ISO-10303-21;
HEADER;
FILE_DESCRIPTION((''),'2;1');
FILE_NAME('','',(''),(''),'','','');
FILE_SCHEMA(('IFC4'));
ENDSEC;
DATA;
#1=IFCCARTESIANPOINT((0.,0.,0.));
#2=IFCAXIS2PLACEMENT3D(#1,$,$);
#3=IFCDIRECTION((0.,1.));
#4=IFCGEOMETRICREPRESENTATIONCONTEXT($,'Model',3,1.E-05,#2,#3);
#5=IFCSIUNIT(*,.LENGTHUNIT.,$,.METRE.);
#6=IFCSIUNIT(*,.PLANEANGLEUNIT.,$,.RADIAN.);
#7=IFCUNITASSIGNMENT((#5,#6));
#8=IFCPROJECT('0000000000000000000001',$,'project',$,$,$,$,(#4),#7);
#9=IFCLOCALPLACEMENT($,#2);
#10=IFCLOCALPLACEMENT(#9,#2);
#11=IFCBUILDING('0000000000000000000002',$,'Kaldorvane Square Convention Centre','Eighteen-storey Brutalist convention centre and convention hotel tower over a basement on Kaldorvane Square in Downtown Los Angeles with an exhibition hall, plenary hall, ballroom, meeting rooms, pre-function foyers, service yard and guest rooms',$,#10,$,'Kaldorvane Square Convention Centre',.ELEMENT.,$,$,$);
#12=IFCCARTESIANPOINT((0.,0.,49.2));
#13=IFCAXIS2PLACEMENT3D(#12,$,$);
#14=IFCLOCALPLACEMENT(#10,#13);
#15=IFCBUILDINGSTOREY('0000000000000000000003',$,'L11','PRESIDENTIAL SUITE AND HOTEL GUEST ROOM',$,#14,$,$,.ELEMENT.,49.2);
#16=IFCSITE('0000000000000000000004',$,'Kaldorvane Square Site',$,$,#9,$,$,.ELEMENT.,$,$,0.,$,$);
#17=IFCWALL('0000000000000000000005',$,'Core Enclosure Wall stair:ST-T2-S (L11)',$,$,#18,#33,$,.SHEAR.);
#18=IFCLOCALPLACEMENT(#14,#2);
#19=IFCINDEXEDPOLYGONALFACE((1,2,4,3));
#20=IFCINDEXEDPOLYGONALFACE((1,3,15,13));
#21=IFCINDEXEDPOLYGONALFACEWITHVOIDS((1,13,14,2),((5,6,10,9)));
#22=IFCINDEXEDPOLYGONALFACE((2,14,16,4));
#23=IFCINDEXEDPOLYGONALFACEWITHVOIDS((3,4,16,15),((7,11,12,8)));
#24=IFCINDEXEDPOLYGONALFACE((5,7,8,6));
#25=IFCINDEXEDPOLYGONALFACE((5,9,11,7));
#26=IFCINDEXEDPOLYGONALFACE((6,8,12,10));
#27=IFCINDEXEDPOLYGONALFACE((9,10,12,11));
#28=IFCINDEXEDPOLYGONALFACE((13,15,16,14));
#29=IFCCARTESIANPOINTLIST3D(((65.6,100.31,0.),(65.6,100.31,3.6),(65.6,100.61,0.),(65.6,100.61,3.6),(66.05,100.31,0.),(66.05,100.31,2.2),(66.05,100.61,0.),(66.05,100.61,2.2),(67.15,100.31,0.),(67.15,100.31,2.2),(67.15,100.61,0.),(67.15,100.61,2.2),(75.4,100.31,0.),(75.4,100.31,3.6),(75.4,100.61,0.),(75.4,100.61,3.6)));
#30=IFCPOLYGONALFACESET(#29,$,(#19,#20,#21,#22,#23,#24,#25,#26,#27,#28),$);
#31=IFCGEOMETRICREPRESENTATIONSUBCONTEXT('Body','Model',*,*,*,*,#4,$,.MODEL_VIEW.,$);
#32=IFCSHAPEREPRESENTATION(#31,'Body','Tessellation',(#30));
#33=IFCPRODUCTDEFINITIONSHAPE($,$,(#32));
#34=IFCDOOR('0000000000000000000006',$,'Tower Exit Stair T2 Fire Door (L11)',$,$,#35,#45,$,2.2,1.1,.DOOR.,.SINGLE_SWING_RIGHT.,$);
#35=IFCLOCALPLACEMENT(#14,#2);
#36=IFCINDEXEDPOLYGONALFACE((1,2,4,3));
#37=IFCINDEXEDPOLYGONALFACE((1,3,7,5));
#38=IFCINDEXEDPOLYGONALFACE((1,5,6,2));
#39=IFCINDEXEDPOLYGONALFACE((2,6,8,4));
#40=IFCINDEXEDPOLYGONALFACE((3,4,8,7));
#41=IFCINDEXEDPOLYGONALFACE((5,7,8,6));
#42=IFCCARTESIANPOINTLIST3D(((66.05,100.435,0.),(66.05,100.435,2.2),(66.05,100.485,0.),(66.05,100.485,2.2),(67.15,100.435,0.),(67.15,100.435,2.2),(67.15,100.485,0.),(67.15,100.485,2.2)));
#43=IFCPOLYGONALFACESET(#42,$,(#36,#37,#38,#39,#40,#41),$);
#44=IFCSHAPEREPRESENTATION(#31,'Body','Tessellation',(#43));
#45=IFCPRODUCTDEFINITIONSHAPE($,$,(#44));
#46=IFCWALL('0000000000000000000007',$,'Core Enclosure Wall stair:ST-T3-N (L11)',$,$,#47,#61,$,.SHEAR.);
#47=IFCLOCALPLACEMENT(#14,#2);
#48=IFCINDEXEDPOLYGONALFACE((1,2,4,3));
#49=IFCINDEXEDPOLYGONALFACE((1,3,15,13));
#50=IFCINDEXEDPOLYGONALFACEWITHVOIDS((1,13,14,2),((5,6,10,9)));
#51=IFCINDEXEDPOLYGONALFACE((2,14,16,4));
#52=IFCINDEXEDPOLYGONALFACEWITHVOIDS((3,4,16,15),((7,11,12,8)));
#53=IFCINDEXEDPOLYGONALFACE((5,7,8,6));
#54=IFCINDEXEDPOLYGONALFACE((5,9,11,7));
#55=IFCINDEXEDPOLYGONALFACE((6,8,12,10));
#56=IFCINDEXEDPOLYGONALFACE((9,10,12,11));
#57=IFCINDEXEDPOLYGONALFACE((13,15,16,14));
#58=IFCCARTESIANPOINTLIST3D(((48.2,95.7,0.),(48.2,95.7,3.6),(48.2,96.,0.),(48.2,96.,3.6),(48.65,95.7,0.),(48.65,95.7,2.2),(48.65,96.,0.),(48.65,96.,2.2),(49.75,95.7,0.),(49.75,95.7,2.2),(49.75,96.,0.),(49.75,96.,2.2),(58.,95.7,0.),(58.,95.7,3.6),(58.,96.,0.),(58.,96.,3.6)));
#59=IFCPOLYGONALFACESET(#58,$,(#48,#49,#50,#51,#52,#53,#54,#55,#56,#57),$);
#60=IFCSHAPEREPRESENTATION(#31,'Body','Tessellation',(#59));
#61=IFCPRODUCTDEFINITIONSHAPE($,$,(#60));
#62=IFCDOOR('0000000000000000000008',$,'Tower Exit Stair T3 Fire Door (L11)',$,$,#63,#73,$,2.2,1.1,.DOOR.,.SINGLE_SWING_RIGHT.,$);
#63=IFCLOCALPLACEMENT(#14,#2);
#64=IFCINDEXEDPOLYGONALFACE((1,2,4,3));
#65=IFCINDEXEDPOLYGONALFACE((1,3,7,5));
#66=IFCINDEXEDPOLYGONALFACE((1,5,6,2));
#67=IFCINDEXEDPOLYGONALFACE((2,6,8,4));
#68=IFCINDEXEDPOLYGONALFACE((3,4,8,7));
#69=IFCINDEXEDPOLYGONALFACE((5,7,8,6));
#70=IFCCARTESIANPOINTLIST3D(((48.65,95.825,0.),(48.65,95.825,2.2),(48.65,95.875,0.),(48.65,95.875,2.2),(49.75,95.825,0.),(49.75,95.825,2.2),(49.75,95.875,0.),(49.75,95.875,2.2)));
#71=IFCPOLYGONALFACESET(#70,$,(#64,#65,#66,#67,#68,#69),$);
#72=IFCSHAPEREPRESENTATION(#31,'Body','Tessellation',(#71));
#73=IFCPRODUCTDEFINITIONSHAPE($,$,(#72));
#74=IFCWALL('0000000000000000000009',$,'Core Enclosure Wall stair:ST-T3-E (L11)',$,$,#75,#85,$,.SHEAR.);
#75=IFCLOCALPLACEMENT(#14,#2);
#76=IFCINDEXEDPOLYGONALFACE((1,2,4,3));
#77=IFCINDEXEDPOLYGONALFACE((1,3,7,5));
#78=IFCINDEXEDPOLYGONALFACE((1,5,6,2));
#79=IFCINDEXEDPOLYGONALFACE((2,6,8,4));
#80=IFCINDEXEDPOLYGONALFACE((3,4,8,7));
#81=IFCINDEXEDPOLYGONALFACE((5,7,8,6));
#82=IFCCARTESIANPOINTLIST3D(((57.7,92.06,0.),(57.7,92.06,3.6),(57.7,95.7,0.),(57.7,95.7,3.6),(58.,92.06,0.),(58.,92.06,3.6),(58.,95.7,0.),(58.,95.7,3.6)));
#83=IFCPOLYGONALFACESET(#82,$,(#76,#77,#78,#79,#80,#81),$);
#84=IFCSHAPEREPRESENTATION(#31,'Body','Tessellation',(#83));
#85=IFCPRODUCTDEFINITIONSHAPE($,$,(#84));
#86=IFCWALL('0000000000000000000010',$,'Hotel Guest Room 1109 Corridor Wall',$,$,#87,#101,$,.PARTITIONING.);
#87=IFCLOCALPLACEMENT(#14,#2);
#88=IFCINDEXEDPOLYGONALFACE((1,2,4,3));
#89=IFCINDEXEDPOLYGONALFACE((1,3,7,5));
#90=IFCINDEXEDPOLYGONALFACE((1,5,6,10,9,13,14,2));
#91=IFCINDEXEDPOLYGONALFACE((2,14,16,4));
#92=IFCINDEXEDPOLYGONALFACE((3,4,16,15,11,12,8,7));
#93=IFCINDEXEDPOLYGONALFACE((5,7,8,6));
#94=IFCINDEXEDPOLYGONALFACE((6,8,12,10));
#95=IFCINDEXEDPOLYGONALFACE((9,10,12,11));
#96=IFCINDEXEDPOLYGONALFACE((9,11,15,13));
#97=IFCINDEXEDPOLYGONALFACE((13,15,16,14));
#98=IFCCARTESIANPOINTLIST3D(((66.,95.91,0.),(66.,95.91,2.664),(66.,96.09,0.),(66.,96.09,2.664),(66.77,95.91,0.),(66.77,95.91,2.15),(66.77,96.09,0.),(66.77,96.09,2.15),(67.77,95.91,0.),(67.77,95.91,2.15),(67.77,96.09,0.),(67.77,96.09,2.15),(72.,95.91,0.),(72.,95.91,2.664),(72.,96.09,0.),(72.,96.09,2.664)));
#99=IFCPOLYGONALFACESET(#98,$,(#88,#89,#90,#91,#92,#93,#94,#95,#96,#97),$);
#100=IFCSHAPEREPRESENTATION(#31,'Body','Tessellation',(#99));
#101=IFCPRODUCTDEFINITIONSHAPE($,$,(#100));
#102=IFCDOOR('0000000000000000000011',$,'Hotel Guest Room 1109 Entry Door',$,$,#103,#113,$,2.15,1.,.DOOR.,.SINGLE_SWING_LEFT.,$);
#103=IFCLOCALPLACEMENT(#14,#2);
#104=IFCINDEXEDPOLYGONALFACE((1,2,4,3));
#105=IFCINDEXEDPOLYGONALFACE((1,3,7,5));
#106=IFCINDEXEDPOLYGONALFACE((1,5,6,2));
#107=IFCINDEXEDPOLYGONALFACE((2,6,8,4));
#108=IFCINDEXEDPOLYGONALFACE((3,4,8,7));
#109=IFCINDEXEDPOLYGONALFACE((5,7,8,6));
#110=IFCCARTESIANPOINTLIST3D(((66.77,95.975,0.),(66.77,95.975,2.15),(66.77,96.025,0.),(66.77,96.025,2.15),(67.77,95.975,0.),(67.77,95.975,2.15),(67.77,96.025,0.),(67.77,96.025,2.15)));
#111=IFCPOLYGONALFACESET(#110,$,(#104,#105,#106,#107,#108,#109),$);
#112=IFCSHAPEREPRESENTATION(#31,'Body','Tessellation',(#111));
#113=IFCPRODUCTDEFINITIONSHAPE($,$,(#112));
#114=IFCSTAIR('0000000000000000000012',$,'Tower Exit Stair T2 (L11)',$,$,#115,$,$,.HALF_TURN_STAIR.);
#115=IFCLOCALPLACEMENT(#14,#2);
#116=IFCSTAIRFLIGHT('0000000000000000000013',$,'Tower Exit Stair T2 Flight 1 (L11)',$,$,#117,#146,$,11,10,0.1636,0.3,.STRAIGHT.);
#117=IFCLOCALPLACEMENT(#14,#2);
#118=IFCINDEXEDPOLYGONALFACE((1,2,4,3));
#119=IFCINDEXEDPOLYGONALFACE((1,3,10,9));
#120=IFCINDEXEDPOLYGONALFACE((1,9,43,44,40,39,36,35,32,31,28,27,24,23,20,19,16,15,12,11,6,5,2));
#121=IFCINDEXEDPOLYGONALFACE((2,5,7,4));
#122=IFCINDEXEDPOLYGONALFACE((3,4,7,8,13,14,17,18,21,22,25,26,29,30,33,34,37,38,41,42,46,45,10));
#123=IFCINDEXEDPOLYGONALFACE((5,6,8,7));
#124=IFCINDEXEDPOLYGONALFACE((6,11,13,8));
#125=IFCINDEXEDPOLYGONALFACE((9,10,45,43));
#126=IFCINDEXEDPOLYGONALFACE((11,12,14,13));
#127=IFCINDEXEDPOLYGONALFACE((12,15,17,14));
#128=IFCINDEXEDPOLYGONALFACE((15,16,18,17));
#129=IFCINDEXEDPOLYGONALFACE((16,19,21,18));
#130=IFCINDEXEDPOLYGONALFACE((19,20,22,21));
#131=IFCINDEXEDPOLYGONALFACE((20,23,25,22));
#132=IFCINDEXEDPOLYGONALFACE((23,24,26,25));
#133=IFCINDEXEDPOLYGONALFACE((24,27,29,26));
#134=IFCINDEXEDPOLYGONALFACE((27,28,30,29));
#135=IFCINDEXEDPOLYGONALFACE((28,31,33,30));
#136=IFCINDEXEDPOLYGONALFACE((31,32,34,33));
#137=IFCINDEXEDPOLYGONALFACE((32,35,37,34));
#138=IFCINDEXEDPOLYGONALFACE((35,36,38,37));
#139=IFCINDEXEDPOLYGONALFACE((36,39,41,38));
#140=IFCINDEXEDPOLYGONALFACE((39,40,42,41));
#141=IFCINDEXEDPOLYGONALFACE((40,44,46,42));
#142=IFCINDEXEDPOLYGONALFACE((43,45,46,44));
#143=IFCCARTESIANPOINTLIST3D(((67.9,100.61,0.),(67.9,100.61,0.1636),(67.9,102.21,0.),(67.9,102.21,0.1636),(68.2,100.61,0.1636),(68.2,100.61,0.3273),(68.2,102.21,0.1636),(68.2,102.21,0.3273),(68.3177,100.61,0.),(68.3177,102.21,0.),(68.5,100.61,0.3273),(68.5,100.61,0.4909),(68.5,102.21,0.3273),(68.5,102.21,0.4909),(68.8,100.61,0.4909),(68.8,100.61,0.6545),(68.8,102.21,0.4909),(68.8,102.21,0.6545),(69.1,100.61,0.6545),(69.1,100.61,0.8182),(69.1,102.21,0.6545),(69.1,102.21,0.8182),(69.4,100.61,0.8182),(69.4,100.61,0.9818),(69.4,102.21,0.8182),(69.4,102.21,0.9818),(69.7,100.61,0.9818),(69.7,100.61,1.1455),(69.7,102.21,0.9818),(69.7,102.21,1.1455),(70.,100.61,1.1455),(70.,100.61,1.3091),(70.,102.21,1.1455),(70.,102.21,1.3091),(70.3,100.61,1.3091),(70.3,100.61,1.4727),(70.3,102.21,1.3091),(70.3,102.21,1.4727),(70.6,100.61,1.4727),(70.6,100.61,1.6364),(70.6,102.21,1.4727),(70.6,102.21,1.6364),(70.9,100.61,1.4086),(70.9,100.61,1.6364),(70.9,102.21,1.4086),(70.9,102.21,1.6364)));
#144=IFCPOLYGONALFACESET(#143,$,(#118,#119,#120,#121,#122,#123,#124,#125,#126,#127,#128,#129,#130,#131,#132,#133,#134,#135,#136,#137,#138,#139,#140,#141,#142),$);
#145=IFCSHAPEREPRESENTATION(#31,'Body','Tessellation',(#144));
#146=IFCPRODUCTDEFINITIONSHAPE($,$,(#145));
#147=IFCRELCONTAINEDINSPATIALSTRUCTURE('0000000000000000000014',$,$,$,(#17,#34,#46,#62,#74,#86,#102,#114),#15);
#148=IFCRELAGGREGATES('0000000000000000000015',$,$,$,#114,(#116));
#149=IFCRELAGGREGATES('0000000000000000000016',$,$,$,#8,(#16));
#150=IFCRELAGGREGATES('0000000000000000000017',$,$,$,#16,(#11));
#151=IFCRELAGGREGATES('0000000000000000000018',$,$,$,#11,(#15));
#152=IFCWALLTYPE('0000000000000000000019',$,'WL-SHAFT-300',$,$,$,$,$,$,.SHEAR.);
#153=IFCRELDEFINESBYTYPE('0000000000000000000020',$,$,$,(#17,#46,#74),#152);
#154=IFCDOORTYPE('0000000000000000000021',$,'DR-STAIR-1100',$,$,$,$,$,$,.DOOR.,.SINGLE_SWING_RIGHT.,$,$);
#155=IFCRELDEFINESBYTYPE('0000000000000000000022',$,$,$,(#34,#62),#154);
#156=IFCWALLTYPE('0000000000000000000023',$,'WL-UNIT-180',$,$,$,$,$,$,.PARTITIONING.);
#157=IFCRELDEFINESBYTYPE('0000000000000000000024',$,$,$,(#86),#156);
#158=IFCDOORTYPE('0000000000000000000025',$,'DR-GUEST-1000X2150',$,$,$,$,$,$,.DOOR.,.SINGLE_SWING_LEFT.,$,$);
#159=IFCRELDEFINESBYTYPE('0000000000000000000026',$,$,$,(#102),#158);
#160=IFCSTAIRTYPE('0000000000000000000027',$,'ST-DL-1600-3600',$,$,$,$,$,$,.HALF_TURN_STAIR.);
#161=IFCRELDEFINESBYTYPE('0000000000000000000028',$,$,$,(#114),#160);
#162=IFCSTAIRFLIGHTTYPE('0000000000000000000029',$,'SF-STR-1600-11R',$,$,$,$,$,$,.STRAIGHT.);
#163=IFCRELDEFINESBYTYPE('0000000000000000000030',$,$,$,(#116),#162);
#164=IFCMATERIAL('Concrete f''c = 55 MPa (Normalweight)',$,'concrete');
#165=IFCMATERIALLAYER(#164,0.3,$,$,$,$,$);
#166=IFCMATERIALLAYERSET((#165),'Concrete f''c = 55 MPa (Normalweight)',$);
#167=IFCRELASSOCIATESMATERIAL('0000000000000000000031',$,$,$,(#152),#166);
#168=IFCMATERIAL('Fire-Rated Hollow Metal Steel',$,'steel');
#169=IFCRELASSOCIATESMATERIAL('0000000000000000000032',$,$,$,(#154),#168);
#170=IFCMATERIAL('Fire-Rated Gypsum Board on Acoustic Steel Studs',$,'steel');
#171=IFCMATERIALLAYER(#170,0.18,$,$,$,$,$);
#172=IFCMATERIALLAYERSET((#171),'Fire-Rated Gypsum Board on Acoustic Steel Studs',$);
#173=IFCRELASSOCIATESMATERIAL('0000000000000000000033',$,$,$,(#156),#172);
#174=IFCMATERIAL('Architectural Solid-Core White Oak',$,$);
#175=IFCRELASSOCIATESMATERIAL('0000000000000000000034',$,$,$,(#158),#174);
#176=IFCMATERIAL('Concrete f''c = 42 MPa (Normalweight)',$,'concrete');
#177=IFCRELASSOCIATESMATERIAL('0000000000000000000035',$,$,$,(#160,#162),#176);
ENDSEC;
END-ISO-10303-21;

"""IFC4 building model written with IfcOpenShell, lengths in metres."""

from ifc_helpers import new_model, si_unit, direction, frame, frame_2d, origin, place, context, subcontext, project, spatial, polyline, rectangle, outline, extrude, material, layer, layer_set, type_object, element, fill, aggregate, save


model = new_model("IFC4")

# Units and contexts
model_context = context("Model", 3, precision=1e-05, world=origin(), true_north=direction((0.0, 1.0)))
body_context = subcontext(model_context, "Body", "Model", "MODEL_VIEW")
ifc_project = project(units=[si_unit("LENGTHUNIT", "METRE"), si_unit("PLANEANGLEUNIT", "RADIAN")], contexts=[model_context])

# Site, building, storey
site_placement = place(None, origin())
site = spatial("IfcSite", under=ifc_project, at=site_placement, Name="Kaldorvane Square Site", CompositionType="ELEMENT", RefElevation=0.0)
building_placement = place(site_placement, origin())
building = spatial("IfcBuilding", under=site, at=building_placement, Name="Kaldorvane Square Convention Centre", Description="Eighteen-storey Brutalist convention centre and convention hotel tower over a basement on Kaldorvane Square in Downtown Los Angeles with an exhibition hall, plenary hall, ballroom, meeting rooms, pre-function foyers, service yard and guest rooms", LongName="Kaldorvane Square Convention Centre", CompositionType="ELEMENT")
storey_placement = place(building_placement, frame((0.0, 0.0, 49.2)))
storey = spatial("IfcBuildingStorey", under=building, at=storey_placement, Name="L11", Description="PRESIDENTIAL SUITE AND HOTEL GUEST ROOM", CompositionType="ELEMENT", Elevation=49.2)

# Shared definitions
ifc_material_1 = material(Name="Fire-Rated Gypsum Board on Acoustic Steel Studs", Category="steel")
ifc_material_2 = material(Name="Architectural Solid-Core White Oak")

# Walls, openings, doors
ifc_material_3 = material(Name="Concrete f'c = 55 MPa (Normalweight)", Category="concrete")
ifc_layer_1 = layer(ifc_material_3, 0.3)
ifc_layer_set_1 = layer_set([ifc_layer_1], Name="Concrete f'c = 55 MPa (Normalweight)")
wall_type_1 = type_object("IfcWallType", Name="WL-SHAFT-300", PredefinedType="SHEAR", material=ifc_layer_set_1)
wall_1_placement = place(storey_placement, frame((65.6, 100.46, 0.0), z_axis=(0.0, 0.0, 1.0), x_axis=(1.0, 0.0, 0.0)))
wall_1 = element("IfcWall", 1, at=wall_1_placement, inside=storey, type_object=wall_type_1, Name="Core Enclosure Wall stair:ST-T2-S (L11)", PredefinedType="SHEAR", context=body_context, shape_type="SweptSolid", body=[
    extrude(rectangle(XDim=9.8, YDim=0.3, at=frame_2d((4.9, 0.0))), origin(), (0.0, 0.0, 1.0), 3.6),
])
opening_1_placement = place(wall_1_placement, frame((0.45, 0.0, 0.0)))
opening_1 = element("IfcOpeningElement", 2, at=opening_1_placement, cuts=wall_1, PredefinedType="OPENING", context=body_context, shape_type="SweptSolid", body=[
    extrude(rectangle(XDim=1.1, YDim=2.2, at=frame_2d((0.55, 1.1))), frame((0.0, 0.165, 0.0), z_axis=(0.0, -1.0, 0.0), x_axis=(1.0, 0.0, 0.0)), (0.0, 0.0, 1.0), 0.33),
])
ifc_material_4 = material(Name="Fire-Rated Hollow Metal Steel", Category="steel")
door_type_1 = type_object("IfcDoorType", Name="DR-STAIR-1100", OperationType="SINGLE_SWING_RIGHT", PredefinedType="DOOR", material=ifc_material_4)
door_1_placement = place(opening_1_placement, origin())
door_1 = element("IfcDoor", 3, at=door_1_placement, inside=storey, type_object=door_type_1, Name="Tower Exit Stair T2 Fire Door (L11)", OperationType="SINGLE_SWING_RIGHT", OverallHeight=2.2, OverallWidth=1.1, PredefinedType="DOOR", context=body_context, shape_type="SweptSolid", body=[
    extrude(rectangle(XDim=1.1, YDim=2.2, at=frame_2d((0.55, 1.1))), frame((0.0, 0.025, 0.0), z_axis=(0.0, -1.0, 0.0), x_axis=(1.0, 0.0, 0.0)), (0.0, 0.0, 1.0), 0.05),
])
fill(opening_1, door_1)
wall_2_placement = place(storey_placement, frame((58.0, 95.85, 0.0), z_axis=(0.0, 0.0, 1.0), x_axis=(-1.0, 0.0, 0.0)))
wall_2 = element("IfcWall", 4, at=wall_2_placement, inside=storey, type_object=wall_type_1, Name="Core Enclosure Wall stair:ST-T3-N (L11)", PredefinedType="SHEAR", context=body_context, shape_type="SweptSolid", body=[
    extrude(rectangle(XDim=9.8, YDim=0.3, at=frame_2d((4.9, 0.0))), origin(), (0.0, 0.0, 1.0), 3.6),
])
opening_2_placement = place(wall_2_placement, frame((8.25, 0.0, 0.0)))
opening_2 = element("IfcOpeningElement", 5, at=opening_2_placement, cuts=wall_2, PredefinedType="OPENING", context=body_context, shape_type="SweptSolid", body=[
    extrude(rectangle(XDim=1.1, YDim=2.2, at=frame_2d((0.55, 1.1))), frame((0.0, 0.165, 0.0), z_axis=(0.0, -1.0, 0.0), x_axis=(1.0, 0.0, 0.0)), (0.0, 0.0, 1.0), 0.33),
])
door_2_placement = place(opening_2_placement, origin())
door_2 = element("IfcDoor", 6, at=door_2_placement, inside=storey, type_object=door_type_1, Name="Tower Exit Stair T3 Fire Door (L11)", OperationType="SINGLE_SWING_RIGHT", OverallHeight=2.2, OverallWidth=1.1, PredefinedType="DOOR", context=body_context, shape_type="SweptSolid", body=[
    extrude(rectangle(XDim=1.1, YDim=2.2, at=frame_2d((0.55, 1.1))), frame((0.0, 0.025, 0.0), z_axis=(0.0, -1.0, 0.0), x_axis=(1.0, 0.0, 0.0)), (0.0, 0.0, 1.0), 0.05),
])
fill(opening_2, door_2)

# Wall
wall_3_placement = place(storey_placement, frame((57.85, 92.06, 0.0), z_axis=(0.0, 0.0, 1.0), x_axis=(0.0, 1.0, 0.0)))
element("IfcWall", 7, at=wall_3_placement, inside=storey, type_object=wall_type_1, Name="Core Enclosure Wall stair:ST-T3-E (L11)", PredefinedType="SHEAR", context=body_context, shape_type="SweptSolid", body=[
    extrude(rectangle(XDim=3.64, YDim=0.3, at=frame_2d((1.82, 0.0))), origin(), (0.0, 0.0, 1.0), 3.6),
])

# Wall, opening, door
ifc_layer_2 = layer(ifc_material_1, 0.18)
ifc_layer_set_2 = layer_set([ifc_layer_2], Name="Fire-Rated Gypsum Board on Acoustic Steel Studs")
wall_type_2 = type_object("IfcWallType", Name="WL-UNIT-180", PredefinedType="PARTITIONING", material=ifc_layer_set_2)
wall_4_placement = place(storey_placement, frame((66.0, 96.0, 0.0), z_axis=(0.0, 0.0, 1.0), x_axis=(1.0, 0.0, 0.0)))
wall_4 = element("IfcWall", 8, at=wall_4_placement, inside=storey, type_object=wall_type_2, Name="Hotel Guest Room 1109 Corridor Wall", PredefinedType="PARTITIONING", context=body_context, shape_type="SweptSolid", body=[
    extrude(rectangle(XDim=6.0, YDim=0.18, at=frame_2d((3.0, 0.0))), origin(), (0.0, 0.0, 1.0), 2.664),
])
opening_3_placement = place(wall_4_placement, frame((0.77, 0.0, 0.0)))
opening_3 = element("IfcOpeningElement", 9, at=opening_3_placement, cuts=wall_4, PredefinedType="OPENING", context=body_context, shape_type="SweptSolid", body=[
    extrude(rectangle(XDim=1.0, YDim=2.15, at=frame_2d((0.5, 1.075))), frame((0.0, 0.105, 0.0), z_axis=(0.0, -1.0, 0.0), x_axis=(1.0, 0.0, 0.0)), (0.0, 0.0, 1.0), 0.21),
])
door_type_2 = type_object("IfcDoorType", Name="DR-GUEST-1000X2150", OperationType="SINGLE_SWING_LEFT", PredefinedType="DOOR", material=ifc_material_2)
door_3_placement = place(opening_3_placement, origin())
door_3 = element("IfcDoor", 10, at=door_3_placement, inside=storey, type_object=door_type_2, Name="Hotel Guest Room 1109 Entry Door", OperationType="SINGLE_SWING_LEFT", OverallHeight=2.15, OverallWidth=1.0, PredefinedType="DOOR", context=body_context, shape_type="SweptSolid", body=[
    extrude(rectangle(XDim=1.0, YDim=2.15, at=frame_2d((0.5, 1.075))), frame((0.0, 0.025, 0.0), z_axis=(0.0, -1.0, 0.0), x_axis=(1.0, 0.0, 0.0)), (0.0, 0.0, 1.0), 0.05),
])
fill(opening_3, door_3)

# Stair, stair flight
ifc_material_5 = material(Name="Concrete f'c = 42 MPa (Normalweight)", Category="concrete")
stair_type = type_object("IfcStairType", Name="ST-DL-1600-3600", PredefinedType="HALF_TURN_STAIR", material=ifc_material_5)
stair_1_placement = place(storey_placement, origin())
stair_1 = element("IfcStair", 11, at=stair_1_placement, inside=storey, type_object=stair_type, Name="Tower Exit Stair T2 (L11)", PredefinedType="HALF_TURN_STAIR")
stair_flight_type = type_object("IfcStairFlightType", Name="SF-STR-1600-11R", PredefinedType="STRAIGHT", material=ifc_material_5)
stair_flight_1_placement = place(storey_placement, frame((67.9, 101.41, 0.0), z_axis=(0.0, 0.0, 1.0), x_axis=(1.0, 0.0, 0.0)))
stair_flight_1 = element("IfcStairFlight", 12, at=stair_flight_1_placement, type_object=stair_flight_type, Name="Tower Exit Stair T2 Flight 1 (L11)", NumberOfRisers=11, NumberOfTreads=10, PredefinedType="STRAIGHT", RiserHeight=0.1636, TreadLength=0.3, context=body_context, shape_type="SweptSolid", body=[
    extrude(outline(polyline([(0.0, 0.0), (0.0, 0.1636), (0.3, 0.1636), (0.3, 0.3273), (0.6, 0.3273), (0.6, 0.4909), (0.9, 0.4909), (0.9, 0.6545), (1.2, 0.6545), (1.2, 0.8182), (1.5, 0.8182), (1.5, 0.9818), (1.8, 0.9818), (1.8, 1.1455), (2.1, 1.1455), (2.1, 1.3091), (2.4, 1.3091), (2.4, 1.4727), (2.7, 1.4727), (2.7, 1.6364), (3.0, 1.6364), (3.0, 1.8), (3.0, 1.4086), (0.4177, 0.0), (0.0, 0.0)])), frame((0.0, 0.8, 0.0), z_axis=(0.0, -1.0, 0.0), x_axis=(1.0, 0.0, 0.0)), (0.0, 0.0, 1.0), 1.6),
])
aggregate(stair_1, [stair_flight_1])

save(model, "model.ifc")
